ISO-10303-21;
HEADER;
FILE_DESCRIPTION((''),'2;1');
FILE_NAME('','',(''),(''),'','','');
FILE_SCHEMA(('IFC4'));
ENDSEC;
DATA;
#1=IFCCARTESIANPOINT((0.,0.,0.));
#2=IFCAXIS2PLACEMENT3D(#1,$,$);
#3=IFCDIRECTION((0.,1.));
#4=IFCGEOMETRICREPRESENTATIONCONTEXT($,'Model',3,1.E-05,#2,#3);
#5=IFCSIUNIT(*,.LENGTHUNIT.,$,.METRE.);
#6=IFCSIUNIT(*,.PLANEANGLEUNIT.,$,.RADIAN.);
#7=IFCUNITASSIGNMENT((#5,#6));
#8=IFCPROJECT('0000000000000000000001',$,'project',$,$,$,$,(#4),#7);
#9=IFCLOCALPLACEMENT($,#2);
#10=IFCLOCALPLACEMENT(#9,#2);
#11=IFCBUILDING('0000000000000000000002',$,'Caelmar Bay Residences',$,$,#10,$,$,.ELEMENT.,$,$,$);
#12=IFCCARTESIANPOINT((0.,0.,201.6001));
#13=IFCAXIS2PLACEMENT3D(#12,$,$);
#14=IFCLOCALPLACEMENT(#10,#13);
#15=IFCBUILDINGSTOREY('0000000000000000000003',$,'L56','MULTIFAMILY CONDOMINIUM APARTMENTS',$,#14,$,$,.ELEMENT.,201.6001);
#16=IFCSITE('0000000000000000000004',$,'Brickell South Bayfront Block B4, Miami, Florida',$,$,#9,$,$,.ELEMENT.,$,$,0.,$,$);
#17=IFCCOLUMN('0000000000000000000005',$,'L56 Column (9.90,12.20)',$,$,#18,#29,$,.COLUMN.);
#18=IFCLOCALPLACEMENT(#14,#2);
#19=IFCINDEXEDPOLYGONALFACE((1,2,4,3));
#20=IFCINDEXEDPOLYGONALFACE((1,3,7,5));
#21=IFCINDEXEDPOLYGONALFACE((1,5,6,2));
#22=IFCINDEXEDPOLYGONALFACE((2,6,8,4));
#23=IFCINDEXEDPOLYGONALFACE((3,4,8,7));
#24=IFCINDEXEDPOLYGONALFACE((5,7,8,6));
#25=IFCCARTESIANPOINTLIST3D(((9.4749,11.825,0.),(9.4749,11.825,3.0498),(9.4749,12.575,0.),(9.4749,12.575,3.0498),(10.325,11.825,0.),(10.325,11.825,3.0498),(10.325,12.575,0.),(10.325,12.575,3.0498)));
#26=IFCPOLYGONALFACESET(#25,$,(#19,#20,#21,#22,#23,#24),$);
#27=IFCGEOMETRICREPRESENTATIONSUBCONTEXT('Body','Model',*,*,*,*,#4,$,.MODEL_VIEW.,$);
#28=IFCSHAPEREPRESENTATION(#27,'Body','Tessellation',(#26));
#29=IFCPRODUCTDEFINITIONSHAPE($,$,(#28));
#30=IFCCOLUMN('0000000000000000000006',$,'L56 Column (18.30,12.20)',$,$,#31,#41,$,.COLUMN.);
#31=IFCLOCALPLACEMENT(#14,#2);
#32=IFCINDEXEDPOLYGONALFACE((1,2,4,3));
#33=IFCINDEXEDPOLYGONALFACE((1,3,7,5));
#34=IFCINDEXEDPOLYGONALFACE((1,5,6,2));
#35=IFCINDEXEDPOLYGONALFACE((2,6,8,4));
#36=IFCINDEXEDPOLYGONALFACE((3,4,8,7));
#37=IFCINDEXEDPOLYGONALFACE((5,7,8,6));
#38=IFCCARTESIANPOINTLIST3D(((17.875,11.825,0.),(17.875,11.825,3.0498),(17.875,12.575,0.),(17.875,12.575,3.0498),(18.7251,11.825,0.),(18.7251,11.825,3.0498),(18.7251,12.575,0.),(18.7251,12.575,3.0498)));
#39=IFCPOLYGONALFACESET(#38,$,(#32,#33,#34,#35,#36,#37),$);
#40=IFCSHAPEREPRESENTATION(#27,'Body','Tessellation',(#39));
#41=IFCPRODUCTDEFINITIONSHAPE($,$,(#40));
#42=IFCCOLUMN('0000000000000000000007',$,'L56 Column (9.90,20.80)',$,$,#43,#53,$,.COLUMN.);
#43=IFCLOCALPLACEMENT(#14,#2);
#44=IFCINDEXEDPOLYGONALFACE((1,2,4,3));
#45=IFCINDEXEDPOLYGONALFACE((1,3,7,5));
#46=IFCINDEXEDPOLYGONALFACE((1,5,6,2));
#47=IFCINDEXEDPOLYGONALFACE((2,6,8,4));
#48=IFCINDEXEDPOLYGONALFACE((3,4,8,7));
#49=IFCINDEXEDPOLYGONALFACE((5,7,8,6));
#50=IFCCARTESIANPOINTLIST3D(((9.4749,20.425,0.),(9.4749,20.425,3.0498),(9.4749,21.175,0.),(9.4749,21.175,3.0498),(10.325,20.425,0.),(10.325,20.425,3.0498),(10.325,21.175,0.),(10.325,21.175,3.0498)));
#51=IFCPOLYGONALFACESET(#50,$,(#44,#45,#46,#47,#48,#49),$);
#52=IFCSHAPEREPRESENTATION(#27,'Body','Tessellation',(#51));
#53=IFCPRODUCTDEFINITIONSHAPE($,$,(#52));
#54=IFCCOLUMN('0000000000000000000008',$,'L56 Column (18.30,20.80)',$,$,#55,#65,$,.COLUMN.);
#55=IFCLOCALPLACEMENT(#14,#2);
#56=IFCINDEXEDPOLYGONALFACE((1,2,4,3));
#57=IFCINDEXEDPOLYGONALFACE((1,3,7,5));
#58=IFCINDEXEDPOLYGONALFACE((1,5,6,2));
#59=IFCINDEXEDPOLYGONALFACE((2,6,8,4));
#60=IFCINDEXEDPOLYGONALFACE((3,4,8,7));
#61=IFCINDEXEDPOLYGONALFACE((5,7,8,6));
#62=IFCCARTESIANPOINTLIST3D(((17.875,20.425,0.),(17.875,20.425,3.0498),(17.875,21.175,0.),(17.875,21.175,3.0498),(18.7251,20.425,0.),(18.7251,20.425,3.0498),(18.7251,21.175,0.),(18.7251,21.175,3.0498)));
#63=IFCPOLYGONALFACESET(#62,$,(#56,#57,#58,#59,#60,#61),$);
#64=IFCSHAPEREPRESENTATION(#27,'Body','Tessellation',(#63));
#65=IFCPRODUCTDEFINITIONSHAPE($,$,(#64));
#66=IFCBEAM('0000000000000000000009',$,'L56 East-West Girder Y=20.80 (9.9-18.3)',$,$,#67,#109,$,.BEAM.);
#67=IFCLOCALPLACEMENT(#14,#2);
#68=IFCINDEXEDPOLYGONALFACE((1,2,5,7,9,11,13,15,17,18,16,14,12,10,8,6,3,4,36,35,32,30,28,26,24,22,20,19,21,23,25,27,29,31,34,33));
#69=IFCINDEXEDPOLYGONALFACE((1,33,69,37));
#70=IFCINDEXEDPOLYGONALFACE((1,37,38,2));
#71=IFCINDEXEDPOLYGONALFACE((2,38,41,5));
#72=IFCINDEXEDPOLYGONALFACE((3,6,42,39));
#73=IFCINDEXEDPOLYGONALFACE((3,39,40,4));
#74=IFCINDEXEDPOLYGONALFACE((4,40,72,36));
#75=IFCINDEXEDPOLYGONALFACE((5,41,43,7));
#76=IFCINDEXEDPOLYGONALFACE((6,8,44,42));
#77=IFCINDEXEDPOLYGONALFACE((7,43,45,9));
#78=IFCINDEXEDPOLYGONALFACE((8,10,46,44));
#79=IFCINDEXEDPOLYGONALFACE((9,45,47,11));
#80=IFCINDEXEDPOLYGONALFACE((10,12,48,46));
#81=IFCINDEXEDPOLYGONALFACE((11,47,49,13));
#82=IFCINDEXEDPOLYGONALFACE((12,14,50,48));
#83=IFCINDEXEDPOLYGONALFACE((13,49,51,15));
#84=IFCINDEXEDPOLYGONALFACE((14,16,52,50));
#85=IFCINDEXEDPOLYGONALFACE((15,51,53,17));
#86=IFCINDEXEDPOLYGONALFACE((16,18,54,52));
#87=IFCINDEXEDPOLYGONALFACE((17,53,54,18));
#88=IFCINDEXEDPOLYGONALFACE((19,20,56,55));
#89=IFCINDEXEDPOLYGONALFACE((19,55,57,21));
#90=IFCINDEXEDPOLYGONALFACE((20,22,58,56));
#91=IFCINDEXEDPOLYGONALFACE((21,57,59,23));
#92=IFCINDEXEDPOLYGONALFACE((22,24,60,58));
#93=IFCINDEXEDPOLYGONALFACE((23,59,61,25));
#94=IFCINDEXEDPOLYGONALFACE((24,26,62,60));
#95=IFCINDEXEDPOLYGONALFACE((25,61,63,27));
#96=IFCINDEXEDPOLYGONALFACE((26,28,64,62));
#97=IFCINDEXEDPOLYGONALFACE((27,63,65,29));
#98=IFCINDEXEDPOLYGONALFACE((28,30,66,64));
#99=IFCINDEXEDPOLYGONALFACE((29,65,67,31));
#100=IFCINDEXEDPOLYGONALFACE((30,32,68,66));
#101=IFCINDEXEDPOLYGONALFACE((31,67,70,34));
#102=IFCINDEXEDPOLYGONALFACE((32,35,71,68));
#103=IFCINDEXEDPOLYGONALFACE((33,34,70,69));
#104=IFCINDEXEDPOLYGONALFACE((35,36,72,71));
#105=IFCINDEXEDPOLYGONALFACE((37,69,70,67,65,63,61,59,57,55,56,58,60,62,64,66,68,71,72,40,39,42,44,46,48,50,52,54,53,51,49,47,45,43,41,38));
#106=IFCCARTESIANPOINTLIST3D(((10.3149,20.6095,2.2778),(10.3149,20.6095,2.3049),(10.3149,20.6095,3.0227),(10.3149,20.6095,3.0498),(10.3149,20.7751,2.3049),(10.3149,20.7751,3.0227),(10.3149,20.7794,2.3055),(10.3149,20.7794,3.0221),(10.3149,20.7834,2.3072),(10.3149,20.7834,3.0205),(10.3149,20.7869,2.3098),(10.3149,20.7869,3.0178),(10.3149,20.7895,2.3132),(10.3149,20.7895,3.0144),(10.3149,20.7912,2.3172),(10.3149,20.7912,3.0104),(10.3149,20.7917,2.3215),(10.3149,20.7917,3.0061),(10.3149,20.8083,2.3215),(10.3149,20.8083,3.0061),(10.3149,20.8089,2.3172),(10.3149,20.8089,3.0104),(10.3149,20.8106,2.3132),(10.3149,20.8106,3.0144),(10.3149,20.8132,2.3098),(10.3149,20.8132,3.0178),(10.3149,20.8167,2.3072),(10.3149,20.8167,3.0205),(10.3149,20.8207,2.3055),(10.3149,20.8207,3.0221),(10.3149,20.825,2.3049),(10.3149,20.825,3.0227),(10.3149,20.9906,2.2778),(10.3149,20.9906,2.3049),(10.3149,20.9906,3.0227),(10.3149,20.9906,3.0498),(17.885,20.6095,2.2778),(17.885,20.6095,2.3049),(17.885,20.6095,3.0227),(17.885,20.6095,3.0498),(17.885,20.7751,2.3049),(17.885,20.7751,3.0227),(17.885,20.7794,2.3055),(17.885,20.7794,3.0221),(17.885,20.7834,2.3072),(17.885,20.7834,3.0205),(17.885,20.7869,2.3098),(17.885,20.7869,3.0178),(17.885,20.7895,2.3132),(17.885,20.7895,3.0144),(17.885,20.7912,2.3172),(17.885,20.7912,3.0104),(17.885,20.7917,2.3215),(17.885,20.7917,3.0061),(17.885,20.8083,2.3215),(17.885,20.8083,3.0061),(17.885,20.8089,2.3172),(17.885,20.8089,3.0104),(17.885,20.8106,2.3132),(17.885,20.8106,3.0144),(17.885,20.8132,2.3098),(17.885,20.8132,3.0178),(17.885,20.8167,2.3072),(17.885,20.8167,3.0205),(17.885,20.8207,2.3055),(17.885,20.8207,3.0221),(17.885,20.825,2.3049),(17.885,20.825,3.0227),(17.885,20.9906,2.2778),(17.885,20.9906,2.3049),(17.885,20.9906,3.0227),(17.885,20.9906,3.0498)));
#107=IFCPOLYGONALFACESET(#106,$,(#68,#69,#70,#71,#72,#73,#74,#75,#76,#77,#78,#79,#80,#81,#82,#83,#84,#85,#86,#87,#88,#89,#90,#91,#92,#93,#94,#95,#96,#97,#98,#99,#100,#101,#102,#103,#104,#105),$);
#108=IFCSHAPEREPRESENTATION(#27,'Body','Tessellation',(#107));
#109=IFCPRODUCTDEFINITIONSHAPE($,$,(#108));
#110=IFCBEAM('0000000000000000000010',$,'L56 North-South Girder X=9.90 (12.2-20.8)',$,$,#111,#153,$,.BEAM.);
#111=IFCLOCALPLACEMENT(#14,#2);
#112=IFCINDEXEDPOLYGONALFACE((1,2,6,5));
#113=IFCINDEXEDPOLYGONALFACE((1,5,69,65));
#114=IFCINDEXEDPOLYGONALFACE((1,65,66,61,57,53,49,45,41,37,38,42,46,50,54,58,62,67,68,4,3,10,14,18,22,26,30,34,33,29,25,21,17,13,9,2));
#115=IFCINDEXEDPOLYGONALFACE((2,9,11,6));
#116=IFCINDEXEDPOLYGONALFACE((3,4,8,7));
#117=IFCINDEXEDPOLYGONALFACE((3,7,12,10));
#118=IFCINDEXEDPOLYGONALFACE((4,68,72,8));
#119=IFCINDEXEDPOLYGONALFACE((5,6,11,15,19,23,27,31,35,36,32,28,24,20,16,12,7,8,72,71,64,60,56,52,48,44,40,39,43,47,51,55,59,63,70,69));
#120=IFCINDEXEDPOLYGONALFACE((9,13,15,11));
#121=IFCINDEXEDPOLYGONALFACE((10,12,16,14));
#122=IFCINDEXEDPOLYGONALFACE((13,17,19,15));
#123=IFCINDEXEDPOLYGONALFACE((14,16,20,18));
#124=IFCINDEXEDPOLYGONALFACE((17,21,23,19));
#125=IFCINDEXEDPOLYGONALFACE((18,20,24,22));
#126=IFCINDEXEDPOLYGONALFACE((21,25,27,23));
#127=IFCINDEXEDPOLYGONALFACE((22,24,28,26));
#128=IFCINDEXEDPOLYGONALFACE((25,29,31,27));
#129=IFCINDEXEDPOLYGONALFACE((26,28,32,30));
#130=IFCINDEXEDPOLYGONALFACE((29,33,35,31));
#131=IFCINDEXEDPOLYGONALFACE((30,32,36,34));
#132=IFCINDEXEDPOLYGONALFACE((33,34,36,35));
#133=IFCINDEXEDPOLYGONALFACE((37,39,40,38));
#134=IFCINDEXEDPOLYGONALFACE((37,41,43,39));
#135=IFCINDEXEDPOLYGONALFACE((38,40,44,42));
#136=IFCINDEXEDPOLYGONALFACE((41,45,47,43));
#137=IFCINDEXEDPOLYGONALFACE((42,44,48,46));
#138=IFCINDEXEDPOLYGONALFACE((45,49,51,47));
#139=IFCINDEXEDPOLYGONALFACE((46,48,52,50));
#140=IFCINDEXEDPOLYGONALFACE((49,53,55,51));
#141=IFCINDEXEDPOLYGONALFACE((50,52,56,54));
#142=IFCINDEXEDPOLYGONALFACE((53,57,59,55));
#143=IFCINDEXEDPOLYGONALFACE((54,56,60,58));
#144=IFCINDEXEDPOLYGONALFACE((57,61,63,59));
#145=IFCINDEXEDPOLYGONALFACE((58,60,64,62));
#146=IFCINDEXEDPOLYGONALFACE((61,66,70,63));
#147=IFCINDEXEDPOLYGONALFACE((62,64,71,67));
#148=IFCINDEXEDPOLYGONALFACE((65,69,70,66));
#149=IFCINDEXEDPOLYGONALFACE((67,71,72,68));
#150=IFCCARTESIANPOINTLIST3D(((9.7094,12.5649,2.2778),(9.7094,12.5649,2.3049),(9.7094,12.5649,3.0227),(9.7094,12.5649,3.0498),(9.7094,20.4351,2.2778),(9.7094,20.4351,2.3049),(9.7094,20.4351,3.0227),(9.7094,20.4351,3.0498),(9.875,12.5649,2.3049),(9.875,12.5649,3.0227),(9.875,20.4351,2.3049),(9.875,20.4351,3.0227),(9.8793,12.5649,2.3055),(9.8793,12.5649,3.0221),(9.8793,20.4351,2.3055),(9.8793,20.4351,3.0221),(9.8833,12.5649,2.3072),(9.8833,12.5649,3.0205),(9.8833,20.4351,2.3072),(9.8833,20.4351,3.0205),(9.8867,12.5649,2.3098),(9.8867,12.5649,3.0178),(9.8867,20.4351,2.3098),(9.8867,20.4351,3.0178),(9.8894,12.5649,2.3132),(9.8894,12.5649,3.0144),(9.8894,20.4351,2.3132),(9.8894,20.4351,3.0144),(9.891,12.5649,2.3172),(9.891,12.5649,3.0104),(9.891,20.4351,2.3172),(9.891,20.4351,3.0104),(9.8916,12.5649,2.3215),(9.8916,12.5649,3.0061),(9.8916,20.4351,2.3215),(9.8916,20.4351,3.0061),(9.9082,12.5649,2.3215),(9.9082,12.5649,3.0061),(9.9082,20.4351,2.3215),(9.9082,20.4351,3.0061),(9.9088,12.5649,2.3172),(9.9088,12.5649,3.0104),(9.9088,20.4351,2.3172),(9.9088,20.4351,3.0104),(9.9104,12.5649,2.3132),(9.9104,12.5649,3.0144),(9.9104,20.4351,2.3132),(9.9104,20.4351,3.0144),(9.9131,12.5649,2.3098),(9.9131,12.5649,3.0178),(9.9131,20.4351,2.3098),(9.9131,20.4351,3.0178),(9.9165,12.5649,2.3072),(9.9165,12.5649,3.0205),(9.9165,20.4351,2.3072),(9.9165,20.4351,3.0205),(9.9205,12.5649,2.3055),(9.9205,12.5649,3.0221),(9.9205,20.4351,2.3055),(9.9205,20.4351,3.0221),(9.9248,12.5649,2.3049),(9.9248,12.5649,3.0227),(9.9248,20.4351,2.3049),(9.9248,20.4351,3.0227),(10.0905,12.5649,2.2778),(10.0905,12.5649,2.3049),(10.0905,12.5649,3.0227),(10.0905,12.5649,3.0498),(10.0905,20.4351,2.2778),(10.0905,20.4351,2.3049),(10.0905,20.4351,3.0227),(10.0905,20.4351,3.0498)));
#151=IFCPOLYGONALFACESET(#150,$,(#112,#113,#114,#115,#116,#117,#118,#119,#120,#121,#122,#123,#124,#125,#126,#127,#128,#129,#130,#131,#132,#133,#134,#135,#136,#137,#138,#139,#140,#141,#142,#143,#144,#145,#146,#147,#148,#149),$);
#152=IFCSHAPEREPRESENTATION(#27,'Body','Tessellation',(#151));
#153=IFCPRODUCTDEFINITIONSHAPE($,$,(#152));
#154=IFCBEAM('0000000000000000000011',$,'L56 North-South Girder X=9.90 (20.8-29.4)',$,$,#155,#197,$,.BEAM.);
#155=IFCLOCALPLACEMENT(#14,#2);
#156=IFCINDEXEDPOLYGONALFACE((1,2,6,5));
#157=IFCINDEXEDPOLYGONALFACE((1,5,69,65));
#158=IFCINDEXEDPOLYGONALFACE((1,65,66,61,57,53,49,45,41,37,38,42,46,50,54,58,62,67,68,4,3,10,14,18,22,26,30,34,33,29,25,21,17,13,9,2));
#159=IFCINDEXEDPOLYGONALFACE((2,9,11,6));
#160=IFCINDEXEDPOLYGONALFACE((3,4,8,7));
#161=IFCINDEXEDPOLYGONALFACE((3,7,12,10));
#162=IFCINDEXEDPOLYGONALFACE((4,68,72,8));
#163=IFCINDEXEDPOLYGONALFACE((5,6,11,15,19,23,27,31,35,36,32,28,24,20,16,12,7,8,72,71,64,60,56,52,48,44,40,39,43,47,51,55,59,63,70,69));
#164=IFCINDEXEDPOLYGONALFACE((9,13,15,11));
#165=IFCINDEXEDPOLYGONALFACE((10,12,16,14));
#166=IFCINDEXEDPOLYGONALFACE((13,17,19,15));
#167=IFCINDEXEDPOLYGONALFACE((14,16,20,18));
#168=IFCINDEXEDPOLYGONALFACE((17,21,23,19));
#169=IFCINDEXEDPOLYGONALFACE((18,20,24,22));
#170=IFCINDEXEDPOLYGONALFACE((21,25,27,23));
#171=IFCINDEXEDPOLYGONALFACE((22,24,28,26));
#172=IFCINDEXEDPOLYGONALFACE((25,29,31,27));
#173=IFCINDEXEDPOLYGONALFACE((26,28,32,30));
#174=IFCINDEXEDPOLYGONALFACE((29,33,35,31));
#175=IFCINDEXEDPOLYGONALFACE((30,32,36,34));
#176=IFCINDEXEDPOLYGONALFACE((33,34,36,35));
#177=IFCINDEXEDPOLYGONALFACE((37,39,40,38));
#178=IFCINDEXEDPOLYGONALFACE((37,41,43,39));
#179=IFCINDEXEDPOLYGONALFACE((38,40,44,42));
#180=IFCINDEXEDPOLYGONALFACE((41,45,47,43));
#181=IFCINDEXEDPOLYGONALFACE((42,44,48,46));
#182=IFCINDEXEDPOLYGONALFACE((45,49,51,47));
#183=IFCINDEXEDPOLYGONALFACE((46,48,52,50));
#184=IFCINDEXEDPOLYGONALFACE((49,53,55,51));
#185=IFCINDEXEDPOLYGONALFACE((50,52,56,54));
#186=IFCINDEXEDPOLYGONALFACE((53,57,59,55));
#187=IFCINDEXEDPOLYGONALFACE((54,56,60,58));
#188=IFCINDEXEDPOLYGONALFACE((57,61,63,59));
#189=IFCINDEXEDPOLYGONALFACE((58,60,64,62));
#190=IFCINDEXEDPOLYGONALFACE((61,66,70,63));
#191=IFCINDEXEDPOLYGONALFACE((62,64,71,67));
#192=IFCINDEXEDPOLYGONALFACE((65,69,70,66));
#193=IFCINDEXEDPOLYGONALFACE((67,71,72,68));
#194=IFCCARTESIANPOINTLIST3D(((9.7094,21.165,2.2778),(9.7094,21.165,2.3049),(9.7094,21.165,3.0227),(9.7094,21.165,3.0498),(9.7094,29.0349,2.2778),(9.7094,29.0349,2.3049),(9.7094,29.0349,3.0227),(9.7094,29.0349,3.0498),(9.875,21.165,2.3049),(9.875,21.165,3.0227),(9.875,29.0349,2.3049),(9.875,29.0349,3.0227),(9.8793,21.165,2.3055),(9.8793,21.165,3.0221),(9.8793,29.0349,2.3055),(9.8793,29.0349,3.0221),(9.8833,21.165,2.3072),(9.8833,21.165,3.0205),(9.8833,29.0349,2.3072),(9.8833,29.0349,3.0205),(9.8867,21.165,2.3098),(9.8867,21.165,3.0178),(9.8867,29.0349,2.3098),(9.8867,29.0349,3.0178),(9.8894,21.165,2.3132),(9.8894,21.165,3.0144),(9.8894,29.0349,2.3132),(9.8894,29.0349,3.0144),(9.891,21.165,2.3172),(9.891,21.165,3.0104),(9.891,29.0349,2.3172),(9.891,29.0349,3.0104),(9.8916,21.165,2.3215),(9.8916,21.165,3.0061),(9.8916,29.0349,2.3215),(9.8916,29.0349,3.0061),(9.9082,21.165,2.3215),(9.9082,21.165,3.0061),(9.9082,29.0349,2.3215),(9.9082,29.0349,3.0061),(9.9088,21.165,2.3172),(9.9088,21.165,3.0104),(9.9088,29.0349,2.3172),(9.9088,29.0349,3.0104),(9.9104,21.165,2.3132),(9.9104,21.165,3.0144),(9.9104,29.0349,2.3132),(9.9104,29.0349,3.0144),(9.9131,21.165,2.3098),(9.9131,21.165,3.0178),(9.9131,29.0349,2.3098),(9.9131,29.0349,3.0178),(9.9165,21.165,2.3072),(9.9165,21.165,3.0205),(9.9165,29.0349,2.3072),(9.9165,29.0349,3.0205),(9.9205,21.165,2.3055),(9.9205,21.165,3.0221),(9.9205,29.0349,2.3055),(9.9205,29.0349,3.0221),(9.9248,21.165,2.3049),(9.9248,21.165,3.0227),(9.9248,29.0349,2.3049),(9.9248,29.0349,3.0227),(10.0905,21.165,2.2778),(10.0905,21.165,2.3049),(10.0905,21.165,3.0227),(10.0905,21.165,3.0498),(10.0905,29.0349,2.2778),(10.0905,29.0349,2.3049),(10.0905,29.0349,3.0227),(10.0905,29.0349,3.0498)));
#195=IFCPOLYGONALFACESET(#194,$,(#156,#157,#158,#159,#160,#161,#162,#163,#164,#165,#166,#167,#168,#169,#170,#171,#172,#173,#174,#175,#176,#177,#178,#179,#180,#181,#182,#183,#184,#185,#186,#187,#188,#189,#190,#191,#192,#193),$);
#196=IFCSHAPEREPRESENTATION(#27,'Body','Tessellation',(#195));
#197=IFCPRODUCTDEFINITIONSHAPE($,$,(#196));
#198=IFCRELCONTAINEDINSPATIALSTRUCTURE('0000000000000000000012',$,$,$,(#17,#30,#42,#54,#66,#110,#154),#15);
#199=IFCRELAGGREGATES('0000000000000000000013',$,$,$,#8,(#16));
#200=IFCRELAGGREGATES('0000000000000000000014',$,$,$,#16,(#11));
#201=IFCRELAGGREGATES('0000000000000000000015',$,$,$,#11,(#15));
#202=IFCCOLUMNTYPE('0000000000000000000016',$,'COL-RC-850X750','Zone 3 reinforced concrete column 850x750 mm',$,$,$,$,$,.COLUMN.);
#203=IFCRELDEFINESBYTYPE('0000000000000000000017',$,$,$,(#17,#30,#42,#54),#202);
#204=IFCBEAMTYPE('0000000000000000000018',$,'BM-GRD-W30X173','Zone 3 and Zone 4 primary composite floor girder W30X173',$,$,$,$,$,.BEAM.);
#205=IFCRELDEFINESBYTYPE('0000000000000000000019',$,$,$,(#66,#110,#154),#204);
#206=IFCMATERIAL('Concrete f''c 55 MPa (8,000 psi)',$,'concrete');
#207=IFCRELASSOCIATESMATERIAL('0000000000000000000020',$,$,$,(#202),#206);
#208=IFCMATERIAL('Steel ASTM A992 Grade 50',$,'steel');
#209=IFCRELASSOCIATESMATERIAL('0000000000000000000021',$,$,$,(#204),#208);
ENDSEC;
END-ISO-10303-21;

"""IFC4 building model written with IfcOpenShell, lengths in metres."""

from ifc_helpers import new_model, si_unit, direction, frame, origin, origin_2d, place, context, subcontext, project, spatial, rectangle, i_section, extrude, material, material_profile, profile_set, type_object, element, save


model = new_model("IFC4")

# Units and contexts
model_context = context("Model", 3, precision=1e-05, world=origin(), true_north=direction((0.0, 1.0)))
body_context = subcontext(model_context, "Body", "Model", "MODEL_VIEW")
ifc_project = project(units=[si_unit("LENGTHUNIT", "METRE"), si_unit("PLANEANGLEUNIT", "RADIAN")], contexts=[model_context])

# Site, building, storey
site_placement = place(None, origin())
site = spatial("IfcSite", under=ifc_project, at=site_placement, Name="Brickell South Bayfront Block B4, Miami, Florida", CompositionType="ELEMENT", RefElevation=0.0)
building_placement = place(site_placement, origin())
building = spatial("IfcBuilding", under=site, at=building_placement, Name="Caelmar Bay Residences", CompositionType="ELEMENT")
storey_placement = place(building_placement, frame((0.0, 0.0, 201.6001)))
storey = spatial("IfcBuildingStorey", under=building, at=storey_placement, Name="L56", Description="MULTIFAMILY CONDOMINIUM APARTMENTS", CompositionType="ELEMENT", Elevation=201.6001)

# Columns
ifc_material_1 = material(Name="Concrete f'c 55 MPa (8,000 psi)", Category="concrete")
ifc_material_profile_1 = material_profile(ifc_material_1, rectangle(XDim=0.8501, YDim=0.75, at=origin_2d()), Name="RC-COL-850X750")
ifc_profile_set_1 = profile_set([ifc_material_profile_1], Name="Concrete f'c 55 MPa (8,000 psi)")
column_type = type_object("IfcColumnType", Name="COL-RC-850X750", Description="Zone 3 reinforced concrete column 850x750 mm", PredefinedType="COLUMN", material=ifc_profile_set_1)
for number, where, z_axis, x_axis, name in (
    (1, (9.8999, 12.2, 0.0), (0.0, 0.0, 1.0), (1.0, 0.0, 0.0), "L56 Column (9.90,12.20)"),
    (2, (18.3, 12.2, 0.0), (0.0, 0.0, 1.0), (1.0, 0.0, 0.0), "L56 Column (18.30,12.20)"),
    (3, (9.8999, 20.8, 0.0), (0.0, 0.0, 1.0), (1.0, 0.0, 0.0), "L56 Column (9.90,20.80)"),
    (4, (18.3, 20.8, 0.0), (0.0, 0.0, 1.0), (1.0, 0.0, 0.0), "L56 Column (18.30,20.80)"),
):
    element("IfcColumn", number, at=place(storey_placement, frame(where, z_axis=z_axis, x_axis=x_axis)), inside=storey, type_object=column_type, Name=name, PredefinedType="COLUMN", context=body_context, shape_type="SweptSolid", body=[
        extrude(rectangle(XDim=0.8501, YDim=0.75, at=origin_2d()), origin(), (0.0, 0.0, 1.0), 3.0498),
    ])

# Beams
ifc_material_2 = material(Name="Steel ASTM A992 Grade 50", Category="steel")
ifc_material_profile_2 = material_profile(ifc_material_2, i_section(OverallWidth=0.3811, OverallDepth=0.772, WebThickness=0.0166, FlangeThickness=0.0271, FilletRadius=0.0166, at=origin_2d()), Name="W30X173")
ifc_profile_set_2 = profile_set([ifc_material_profile_2], Name="Steel ASTM A992 Grade 50")
beam_type_1 = type_object("IfcBeamType", Name="BM-GRD-W30X173", Description="Zone 3 and Zone 4 primary composite floor girder W30X173", PredefinedType="BEAM", material=ifc_profile_set_2)
beam_1_placement = place(storey_placement, frame((10.3149, 20.8, 2.6638), z_axis=(1.0, 0.0, 0.0), x_axis=(0.0, 1.0, 0.0)))
element("IfcBeam", 5, at=beam_1_placement, inside=storey, type_object=beam_type_1, Name="L56 East-West Girder Y=20.80 (9.9-18.3)", PredefinedType="BEAM", context=body_context, shape_type="SweptSolid", body=[
    extrude(i_section(OverallWidth=0.3811, OverallDepth=0.772, WebThickness=0.0166, FlangeThickness=0.0271, FilletRadius=0.0166, at=origin_2d()), origin(), (0.0, 0.0, 1.0), 7.5701),
])
beam_2_placement = place(storey_placement, frame((9.8999, 12.5649, 2.6638), z_axis=(0.0, 1.0, 0.0), x_axis=(-1.0, 0.0, 0.0)))
element("IfcBeam", 6, at=beam_2_placement, inside=storey, type_object=beam_type_1, Name="L56 North-South Girder X=9.90 (12.2-20.8)", PredefinedType="BEAM", context=body_context, shape_type="SweptSolid", body=[
    extrude(i_section(OverallWidth=0.3811, OverallDepth=0.772, WebThickness=0.0166, FlangeThickness=0.0271, FilletRadius=0.0166, at=origin_2d()), origin(), (0.0, 0.0, 1.0), 7.8701),
])
beam_3_placement = place(storey_placement, frame((9.8999, 21.165, 2.6638), z_axis=(0.0, 1.0, 0.0), x_axis=(-1.0, 0.0, 0.0)))
element("IfcBeam", 7, at=beam_3_placement, inside=storey, type_object=beam_type_1, Name="L56 North-South Girder X=9.90 (20.8-29.4)", PredefinedType="BEAM", context=body_context, shape_type="SweptSolid", body=[
    extrude(i_section(OverallWidth=0.3811, OverallDepth=0.772, WebThickness=0.0166, FlangeThickness=0.0271, FilletRadius=0.0166, at=origin_2d()), origin(), (0.0, 0.0, 1.0), 7.8699),
])

save(model, "model.ifc")
